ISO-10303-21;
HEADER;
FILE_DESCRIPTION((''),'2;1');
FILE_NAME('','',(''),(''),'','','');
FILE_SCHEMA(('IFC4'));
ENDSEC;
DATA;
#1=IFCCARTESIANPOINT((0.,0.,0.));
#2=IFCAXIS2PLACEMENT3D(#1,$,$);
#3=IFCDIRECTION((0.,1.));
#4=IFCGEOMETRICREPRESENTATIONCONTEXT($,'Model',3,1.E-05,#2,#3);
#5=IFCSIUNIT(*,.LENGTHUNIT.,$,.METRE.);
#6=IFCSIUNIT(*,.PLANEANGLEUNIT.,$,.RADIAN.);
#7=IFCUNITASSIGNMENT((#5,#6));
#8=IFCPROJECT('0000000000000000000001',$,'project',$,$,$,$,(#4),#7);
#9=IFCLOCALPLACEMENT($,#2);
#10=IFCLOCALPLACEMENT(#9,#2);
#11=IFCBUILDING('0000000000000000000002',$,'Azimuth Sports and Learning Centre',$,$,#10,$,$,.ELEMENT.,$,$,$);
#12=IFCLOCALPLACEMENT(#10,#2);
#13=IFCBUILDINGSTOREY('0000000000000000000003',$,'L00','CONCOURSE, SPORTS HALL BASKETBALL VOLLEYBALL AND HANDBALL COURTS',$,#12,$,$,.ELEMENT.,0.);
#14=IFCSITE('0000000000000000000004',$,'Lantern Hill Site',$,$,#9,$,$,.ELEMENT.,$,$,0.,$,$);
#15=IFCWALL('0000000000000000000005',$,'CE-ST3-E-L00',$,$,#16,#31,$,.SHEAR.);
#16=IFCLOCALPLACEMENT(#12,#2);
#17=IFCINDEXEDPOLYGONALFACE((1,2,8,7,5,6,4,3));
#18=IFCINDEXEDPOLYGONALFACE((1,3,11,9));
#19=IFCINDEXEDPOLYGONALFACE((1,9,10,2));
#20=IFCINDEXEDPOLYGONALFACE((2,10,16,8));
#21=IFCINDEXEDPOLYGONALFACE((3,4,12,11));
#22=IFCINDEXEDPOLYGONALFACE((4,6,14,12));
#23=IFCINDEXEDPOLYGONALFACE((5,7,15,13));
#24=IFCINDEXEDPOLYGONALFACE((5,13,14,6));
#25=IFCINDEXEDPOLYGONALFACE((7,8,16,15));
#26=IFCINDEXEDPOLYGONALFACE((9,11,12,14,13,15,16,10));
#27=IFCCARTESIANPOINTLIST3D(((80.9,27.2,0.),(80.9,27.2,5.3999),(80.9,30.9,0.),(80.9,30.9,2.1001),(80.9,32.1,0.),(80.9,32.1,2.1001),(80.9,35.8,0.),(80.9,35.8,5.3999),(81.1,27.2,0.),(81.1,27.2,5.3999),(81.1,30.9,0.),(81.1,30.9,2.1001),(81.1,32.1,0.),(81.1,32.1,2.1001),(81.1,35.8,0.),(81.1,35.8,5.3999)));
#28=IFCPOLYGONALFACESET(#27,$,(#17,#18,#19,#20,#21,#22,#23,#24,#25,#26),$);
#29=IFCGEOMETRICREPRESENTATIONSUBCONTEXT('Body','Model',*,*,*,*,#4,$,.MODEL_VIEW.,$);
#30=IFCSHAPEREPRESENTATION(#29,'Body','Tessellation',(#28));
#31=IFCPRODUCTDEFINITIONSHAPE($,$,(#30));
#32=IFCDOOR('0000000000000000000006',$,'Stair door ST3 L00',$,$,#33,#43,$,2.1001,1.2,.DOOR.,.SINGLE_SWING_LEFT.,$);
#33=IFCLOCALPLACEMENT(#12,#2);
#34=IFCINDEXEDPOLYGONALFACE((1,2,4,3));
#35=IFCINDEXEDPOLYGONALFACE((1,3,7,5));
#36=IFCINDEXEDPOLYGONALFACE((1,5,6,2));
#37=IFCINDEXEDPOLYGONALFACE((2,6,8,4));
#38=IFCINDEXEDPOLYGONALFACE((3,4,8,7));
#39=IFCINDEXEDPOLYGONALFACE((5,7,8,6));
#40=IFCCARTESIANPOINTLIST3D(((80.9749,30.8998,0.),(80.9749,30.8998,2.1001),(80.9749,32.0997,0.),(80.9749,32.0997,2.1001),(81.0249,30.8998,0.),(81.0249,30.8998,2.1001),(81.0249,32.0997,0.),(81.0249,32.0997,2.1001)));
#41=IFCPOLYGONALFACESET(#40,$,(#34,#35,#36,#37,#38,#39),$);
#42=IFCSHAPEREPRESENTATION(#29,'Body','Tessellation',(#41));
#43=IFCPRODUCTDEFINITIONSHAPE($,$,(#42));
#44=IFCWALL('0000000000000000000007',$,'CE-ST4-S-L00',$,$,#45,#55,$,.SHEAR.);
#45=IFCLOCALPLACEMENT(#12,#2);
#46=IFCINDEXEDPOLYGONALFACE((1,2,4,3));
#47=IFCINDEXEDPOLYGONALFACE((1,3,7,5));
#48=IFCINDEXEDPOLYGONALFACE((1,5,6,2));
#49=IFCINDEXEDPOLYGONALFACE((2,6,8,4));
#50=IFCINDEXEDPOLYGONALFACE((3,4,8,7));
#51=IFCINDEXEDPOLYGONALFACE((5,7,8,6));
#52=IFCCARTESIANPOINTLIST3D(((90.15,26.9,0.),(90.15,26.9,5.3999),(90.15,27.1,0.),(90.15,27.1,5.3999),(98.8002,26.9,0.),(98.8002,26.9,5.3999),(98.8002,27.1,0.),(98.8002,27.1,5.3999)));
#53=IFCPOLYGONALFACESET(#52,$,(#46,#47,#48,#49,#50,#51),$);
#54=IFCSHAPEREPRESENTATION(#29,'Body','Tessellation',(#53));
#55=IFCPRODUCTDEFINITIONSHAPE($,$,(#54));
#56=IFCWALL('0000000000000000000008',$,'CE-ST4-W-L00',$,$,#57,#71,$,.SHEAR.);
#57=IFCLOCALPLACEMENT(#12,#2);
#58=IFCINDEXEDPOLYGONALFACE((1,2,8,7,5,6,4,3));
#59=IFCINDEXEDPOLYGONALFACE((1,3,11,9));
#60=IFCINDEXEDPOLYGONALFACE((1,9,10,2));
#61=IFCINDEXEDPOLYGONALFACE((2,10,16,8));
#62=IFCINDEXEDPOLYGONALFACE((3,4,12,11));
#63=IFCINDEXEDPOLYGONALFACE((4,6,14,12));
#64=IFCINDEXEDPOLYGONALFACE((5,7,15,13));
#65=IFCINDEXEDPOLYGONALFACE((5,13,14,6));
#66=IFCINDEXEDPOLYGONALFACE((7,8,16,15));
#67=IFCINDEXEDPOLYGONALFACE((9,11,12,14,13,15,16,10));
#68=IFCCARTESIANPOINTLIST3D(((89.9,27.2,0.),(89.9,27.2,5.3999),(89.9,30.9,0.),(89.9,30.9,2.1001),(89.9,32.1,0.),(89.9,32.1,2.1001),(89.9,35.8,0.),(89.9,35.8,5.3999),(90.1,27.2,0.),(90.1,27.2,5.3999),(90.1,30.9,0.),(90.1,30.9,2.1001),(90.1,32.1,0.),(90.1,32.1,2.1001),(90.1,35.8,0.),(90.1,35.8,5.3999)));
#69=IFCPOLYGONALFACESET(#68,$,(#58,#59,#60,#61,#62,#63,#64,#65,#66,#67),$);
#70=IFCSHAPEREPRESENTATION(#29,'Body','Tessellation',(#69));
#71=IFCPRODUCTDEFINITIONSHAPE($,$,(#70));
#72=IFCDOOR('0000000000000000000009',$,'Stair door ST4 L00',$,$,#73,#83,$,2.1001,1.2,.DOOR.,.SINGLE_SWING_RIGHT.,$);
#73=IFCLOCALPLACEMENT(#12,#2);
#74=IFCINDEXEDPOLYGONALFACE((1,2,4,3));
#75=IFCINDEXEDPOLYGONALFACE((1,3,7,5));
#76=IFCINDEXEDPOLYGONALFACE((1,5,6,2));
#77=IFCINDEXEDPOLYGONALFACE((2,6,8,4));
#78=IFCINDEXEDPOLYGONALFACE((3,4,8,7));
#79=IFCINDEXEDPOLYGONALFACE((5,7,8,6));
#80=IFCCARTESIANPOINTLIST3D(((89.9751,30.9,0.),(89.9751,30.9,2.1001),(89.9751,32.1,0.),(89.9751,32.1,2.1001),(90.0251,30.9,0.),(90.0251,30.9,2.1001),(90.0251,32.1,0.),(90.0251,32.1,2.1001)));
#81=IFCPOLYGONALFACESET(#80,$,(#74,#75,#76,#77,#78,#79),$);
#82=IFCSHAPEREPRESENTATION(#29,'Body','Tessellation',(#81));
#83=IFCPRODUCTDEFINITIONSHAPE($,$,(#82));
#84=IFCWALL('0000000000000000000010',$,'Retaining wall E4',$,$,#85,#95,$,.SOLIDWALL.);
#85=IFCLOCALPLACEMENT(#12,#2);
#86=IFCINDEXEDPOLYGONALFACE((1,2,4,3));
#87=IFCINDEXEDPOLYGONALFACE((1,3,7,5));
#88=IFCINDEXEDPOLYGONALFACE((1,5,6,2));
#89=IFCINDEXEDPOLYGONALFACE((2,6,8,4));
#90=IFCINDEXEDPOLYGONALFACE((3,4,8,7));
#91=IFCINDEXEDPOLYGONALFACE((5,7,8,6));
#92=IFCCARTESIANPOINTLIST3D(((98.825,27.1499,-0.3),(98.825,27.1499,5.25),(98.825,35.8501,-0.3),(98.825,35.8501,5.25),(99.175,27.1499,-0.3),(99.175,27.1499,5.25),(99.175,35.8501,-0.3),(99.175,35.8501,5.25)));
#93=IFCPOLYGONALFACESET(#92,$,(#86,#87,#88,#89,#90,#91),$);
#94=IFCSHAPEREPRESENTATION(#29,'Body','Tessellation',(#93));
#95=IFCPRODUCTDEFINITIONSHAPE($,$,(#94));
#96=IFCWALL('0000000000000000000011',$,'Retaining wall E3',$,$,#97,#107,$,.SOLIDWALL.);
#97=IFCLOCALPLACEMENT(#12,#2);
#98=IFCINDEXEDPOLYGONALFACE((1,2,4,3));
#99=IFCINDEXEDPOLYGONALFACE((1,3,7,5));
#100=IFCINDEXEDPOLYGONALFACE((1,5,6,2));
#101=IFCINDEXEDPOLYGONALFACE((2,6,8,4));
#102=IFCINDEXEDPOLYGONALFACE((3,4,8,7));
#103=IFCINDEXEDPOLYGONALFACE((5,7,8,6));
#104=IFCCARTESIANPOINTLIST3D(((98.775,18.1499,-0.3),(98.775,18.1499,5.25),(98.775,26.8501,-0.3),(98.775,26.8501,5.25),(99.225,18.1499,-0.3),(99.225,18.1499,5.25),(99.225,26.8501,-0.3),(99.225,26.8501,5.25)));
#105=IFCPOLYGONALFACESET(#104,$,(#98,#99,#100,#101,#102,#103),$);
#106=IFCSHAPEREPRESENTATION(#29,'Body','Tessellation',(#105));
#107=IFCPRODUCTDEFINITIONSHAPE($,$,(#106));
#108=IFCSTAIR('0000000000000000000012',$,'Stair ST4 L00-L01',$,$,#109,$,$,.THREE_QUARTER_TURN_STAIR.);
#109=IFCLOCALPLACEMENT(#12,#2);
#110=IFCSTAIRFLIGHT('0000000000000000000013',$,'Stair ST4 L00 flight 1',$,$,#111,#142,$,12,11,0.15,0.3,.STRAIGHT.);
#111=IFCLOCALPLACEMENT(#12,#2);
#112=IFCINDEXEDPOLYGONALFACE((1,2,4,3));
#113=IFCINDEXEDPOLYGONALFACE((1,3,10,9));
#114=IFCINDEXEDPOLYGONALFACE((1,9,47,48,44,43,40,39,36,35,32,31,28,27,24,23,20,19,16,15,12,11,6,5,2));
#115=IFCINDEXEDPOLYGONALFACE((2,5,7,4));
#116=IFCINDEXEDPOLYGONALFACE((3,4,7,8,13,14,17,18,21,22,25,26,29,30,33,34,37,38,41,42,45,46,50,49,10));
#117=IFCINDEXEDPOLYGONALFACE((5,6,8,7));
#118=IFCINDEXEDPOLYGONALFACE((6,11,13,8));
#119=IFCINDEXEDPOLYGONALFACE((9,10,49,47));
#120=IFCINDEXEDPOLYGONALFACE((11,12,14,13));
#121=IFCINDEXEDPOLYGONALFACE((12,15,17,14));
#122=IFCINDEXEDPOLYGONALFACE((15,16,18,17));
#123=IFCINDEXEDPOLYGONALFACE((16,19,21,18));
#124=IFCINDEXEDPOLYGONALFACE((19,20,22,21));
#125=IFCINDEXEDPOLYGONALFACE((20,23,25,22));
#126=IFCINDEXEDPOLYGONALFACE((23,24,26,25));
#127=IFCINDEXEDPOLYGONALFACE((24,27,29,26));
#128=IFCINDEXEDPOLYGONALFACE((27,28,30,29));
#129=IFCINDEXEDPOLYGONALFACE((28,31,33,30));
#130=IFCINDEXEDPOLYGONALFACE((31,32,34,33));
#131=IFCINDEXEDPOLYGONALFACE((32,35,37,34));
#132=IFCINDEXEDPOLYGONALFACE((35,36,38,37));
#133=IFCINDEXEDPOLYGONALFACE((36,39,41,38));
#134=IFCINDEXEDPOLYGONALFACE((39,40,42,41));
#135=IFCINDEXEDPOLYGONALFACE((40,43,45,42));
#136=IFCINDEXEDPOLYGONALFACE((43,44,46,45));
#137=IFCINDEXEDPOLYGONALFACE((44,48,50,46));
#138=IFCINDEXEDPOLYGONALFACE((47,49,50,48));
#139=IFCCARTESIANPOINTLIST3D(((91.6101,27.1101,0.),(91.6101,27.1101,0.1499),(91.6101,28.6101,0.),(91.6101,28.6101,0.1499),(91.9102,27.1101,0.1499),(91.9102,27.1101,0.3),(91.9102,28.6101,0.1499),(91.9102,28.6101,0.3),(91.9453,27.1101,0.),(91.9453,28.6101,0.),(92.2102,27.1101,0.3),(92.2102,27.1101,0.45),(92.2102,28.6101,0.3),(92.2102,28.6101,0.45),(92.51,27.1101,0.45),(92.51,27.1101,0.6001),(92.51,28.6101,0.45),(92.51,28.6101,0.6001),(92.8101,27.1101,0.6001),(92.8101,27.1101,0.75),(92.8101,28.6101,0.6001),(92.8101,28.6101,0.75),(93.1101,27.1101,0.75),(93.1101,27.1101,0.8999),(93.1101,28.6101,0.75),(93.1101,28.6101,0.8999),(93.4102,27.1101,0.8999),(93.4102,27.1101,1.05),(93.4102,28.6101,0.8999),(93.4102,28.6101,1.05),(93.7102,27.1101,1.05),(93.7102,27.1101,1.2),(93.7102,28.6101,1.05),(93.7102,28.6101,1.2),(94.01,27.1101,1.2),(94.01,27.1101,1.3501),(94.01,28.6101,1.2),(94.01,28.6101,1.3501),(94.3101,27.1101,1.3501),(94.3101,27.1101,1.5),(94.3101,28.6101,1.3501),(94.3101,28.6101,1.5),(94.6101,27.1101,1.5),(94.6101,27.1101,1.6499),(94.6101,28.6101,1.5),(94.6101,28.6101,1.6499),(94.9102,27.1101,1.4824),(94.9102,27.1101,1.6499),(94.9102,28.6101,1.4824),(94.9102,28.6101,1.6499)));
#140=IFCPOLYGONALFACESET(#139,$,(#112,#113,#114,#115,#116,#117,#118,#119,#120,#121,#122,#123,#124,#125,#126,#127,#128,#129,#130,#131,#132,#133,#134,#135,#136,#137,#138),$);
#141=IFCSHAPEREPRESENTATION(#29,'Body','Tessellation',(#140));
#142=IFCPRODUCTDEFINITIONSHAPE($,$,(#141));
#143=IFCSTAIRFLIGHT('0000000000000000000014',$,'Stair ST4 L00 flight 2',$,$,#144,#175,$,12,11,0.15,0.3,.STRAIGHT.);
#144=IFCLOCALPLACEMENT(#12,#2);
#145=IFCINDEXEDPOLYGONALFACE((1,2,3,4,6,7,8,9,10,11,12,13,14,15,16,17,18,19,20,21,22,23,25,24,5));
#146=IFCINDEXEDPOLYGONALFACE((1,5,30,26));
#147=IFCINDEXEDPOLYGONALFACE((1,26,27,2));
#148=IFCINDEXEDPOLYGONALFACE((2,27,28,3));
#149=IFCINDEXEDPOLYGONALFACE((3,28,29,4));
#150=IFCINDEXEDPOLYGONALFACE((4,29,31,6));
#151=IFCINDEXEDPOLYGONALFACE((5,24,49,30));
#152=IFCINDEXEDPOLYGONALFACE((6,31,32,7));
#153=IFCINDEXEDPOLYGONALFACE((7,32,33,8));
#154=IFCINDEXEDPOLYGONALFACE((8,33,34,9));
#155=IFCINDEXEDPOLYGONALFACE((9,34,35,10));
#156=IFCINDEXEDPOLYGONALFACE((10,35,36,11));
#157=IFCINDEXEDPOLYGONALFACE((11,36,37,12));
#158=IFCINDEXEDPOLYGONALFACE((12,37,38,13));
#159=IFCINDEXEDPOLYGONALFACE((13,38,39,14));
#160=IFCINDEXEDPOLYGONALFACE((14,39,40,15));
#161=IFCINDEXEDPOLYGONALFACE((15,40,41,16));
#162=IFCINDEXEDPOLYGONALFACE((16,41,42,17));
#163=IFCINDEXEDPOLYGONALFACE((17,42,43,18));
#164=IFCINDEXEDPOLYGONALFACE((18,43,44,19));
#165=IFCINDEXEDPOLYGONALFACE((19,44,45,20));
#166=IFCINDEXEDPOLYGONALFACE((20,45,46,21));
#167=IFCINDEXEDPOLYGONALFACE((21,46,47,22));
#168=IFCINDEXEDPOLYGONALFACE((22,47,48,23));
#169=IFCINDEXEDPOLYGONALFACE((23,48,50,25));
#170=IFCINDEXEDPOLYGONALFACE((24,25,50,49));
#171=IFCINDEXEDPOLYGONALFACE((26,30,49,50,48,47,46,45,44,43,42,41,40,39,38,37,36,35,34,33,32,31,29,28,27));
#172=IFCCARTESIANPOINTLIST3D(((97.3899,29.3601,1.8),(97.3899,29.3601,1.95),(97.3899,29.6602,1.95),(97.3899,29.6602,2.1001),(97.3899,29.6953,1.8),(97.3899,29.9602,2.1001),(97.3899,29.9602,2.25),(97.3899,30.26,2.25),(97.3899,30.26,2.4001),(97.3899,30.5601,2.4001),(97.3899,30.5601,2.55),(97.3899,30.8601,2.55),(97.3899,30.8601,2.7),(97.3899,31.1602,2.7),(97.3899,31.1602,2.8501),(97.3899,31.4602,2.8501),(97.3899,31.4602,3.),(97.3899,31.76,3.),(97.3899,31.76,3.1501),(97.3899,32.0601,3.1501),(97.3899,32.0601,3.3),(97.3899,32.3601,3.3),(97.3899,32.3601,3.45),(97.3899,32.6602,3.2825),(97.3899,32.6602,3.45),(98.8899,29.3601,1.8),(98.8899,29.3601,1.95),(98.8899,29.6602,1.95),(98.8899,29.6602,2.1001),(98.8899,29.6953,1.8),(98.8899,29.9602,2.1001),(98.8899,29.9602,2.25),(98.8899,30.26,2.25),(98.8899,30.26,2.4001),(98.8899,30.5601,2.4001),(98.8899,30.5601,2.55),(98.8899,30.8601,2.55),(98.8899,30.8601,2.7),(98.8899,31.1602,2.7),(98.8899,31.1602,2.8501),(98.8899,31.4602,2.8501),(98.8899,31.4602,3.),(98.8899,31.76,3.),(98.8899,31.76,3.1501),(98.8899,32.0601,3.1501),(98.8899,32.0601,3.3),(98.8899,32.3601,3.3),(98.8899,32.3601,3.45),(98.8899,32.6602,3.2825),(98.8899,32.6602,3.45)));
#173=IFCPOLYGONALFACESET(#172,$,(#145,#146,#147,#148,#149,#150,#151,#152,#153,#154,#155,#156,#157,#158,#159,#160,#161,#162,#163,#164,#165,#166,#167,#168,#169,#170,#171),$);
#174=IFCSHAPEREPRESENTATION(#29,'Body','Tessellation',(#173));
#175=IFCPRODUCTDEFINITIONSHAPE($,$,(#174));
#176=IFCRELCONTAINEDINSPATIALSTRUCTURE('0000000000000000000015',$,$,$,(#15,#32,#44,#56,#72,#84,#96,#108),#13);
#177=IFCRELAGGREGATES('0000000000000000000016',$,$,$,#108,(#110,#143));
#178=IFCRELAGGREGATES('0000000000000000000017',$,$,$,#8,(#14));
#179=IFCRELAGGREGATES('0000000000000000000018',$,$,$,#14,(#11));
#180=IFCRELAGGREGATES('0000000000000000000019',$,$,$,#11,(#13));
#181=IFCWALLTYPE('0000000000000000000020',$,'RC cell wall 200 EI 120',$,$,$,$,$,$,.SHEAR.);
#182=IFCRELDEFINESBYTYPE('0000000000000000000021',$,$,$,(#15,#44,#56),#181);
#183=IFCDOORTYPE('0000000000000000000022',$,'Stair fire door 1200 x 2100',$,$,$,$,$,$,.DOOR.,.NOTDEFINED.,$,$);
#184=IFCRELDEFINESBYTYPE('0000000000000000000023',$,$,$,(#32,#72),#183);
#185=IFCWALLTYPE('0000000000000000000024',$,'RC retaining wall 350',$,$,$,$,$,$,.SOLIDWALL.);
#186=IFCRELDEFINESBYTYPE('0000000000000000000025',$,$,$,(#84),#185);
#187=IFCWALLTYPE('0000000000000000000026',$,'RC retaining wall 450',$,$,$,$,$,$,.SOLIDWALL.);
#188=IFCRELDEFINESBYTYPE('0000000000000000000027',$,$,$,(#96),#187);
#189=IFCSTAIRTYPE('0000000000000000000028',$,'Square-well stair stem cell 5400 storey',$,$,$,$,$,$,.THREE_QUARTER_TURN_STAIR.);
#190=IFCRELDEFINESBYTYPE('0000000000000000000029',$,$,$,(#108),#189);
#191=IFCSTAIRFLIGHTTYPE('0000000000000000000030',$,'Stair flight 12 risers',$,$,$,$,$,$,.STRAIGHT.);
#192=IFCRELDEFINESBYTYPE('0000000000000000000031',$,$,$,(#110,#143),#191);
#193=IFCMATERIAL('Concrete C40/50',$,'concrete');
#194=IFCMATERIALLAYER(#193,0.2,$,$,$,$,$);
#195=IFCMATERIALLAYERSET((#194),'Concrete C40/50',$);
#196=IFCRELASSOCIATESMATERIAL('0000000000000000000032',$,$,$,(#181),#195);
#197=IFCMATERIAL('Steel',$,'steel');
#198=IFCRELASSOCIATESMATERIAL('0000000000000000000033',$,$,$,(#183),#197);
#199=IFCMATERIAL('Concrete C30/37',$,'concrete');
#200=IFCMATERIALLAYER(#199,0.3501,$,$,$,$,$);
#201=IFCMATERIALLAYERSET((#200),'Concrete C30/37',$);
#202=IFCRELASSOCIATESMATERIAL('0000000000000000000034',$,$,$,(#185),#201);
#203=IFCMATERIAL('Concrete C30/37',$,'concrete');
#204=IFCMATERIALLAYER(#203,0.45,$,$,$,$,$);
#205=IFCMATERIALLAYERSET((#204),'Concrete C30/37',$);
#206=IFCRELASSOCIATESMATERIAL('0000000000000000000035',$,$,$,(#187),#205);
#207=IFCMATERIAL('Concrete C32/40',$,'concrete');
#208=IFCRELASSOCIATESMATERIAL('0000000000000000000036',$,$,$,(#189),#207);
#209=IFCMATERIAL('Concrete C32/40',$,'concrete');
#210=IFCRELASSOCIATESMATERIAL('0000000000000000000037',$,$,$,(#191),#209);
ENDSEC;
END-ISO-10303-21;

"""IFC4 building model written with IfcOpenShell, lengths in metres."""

from ifc_helpers import new_model, si_unit, direction, frame, frame_2d, origin, place, context, subcontext, project, spatial, polyline, rectangle, outline, extrude, material, layer, layer_set, type_object, element, fill, aggregate, save


model = new_model("IFC4")

# Units and contexts
model_context = context("Model", 3, precision=1e-05, world=origin(), true_north=direction((0.0, 1.0)))
body_context = subcontext(model_context, "Body", "Model", "MODEL_VIEW")
ifc_project = project(units=[si_unit("LENGTHUNIT", "METRE"), si_unit("PLANEANGLEUNIT", "RADIAN")], contexts=[model_context])

# Site, building, storey
site_placement = place(None, origin())
site = spatial("IfcSite", under=ifc_project, at=site_placement, Name="Lantern Hill Site", CompositionType="ELEMENT", RefElevation=0.0)
building_placement = place(site_placement, origin())
building = spatial("IfcBuilding", under=site, at=building_placement, Name="Azimuth Sports and Learning Centre", CompositionType="ELEMENT")
storey_placement = place(building_placement, origin())
storey = spatial("IfcBuildingStorey", under=building, at=storey_placement, Name="L00", Description="CONCOURSE, SPORTS HALL BASKETBALL VOLLEYBALL AND HANDBALL COURTS", CompositionType="ELEMENT", Elevation=0.0)

# Wall, opening, door
ifc_material_1 = material(Name="Concrete C40/50", Category="concrete")
ifc_layer_1 = layer(ifc_material_1, 0.2)
ifc_layer_set_1 = layer_set([ifc_layer_1], Name="Concrete C40/50")
wall_type_1 = type_object("IfcWallType", Name="RC cell wall 200 EI 120", PredefinedType="SHEAR", material=ifc_layer_set_1)
wall_1_placement = place(storey_placement, frame((81.0, 27.2, 0.0), z_axis=(0.0, 0.0, 1.0), x_axis=(0.0, 1.0, 0.0)))
wall_1 = element("IfcWall", 1, at=wall_1_placement, inside=storey, type_object=wall_type_1, Name="CE-ST3-E-L00", PredefinedType="SHEAR", context=body_context, shape_type="SweptSolid", body=[
    extrude(rectangle(XDim=8.6001, YDim=0.2, at=frame_2d((4.3, 0.0))), origin(), (0.0, 0.0, 1.0), 5.3999),
])
opening_1_placement = place(wall_1_placement, frame((3.7, 0.0, 0.0)))
opening_1 = element("IfcOpeningElement", 2, at=opening_1_placement, cuts=wall_1, PredefinedType="OPENING", context=body_context, shape_type="SweptSolid", body=[
    extrude(rectangle(XDim=1.2, YDim=2.1001, at=frame_2d((0.6001, 1.05))), frame((0.0, 0.1108, 0.0), z_axis=(0.0, -1.0, 0.0), x_axis=(1.0, 0.0, 0.0)), (0.0, 0.0, 1.0), 0.2219),
])
ifc_material_2 = material(Name="Steel", Category="steel")
door_type_1 = type_object("IfcDoorType", Name="Stair fire door 1200 x 2100", OperationType="NOTDEFINED", PredefinedType="DOOR", material=ifc_material_2)
door_1_placement = place(opening_1_placement, frame((1.2, 0.0, 0.0), z_axis=(0.0, 0.0, 1.0), x_axis=(-1.0, 0.0, 0.0)))
door_1 = element("IfcDoor", 3, at=door_1_placement, inside=storey, type_object=door_type_1, Name="Stair door ST3 L00", OperationType="SINGLE_SWING_LEFT", OverallHeight=2.1001, OverallWidth=1.2, PredefinedType="DOOR", context=body_context, shape_type="SweptSolid", body=[
    extrude(rectangle(XDim=1.2, YDim=2.1001, at=frame_2d((0.6001, 1.05))), frame((0.0, 0.0249, 0.0), z_axis=(0.0, -1.0, 0.0), x_axis=(1.0, 0.0, 0.0)), (0.0, 0.0, 1.0), 0.05),
])
fill(opening_1, door_1)

# Wall
wall_2_placement = place(storey_placement, frame((90.1499, 27.0, 0.0), z_axis=(0.0, 0.0, 1.0), x_axis=(1.0, 0.0, 0.0)))
element("IfcWall", 4, at=wall_2_placement, inside=storey, type_object=wall_type_1, Name="CE-ST4-S-L00", PredefinedType="SHEAR", context=body_context, shape_type="SweptSolid", body=[
    extrude(rectangle(XDim=8.6501, YDim=0.2, at=frame_2d((4.3252, 0.0))), origin(), (0.0, 0.0, 1.0), 5.3999),
])

# Wall, opening, door
wall_3_placement = place(storey_placement, frame((90.0, 27.2, 0.0), z_axis=(0.0, 0.0, 1.0), x_axis=(0.0, 1.0, 0.0)))
wall_3 = element("IfcWall", 5, at=wall_3_placement, inside=storey, type_object=wall_type_1, Name="CE-ST4-W-L00", PredefinedType="SHEAR", context=body_context, shape_type="SweptSolid", body=[
    extrude(rectangle(XDim=8.6001, YDim=0.2, at=frame_2d((4.3, 0.0))), origin(), (0.0, 0.0, 1.0), 5.3999),
])
opening_2_placement = place(wall_3_placement, frame((3.7, 0.0, 0.0)))
opening_2 = element("IfcOpeningElement", 6, at=opening_2_placement, cuts=wall_3, PredefinedType="OPENING", context=body_context, shape_type="SweptSolid", body=[
    extrude(rectangle(XDim=1.2, YDim=2.1001, at=frame_2d((0.6001, 1.05))), frame((0.0, 0.1108, 0.0), z_axis=(0.0, -1.0, 0.0), x_axis=(1.0, 0.0, 0.0)), (0.0, 0.0, 1.0), 0.2219),
])
door_2_placement = place(opening_2_placement, origin())
door_2 = element("IfcDoor", 7, at=door_2_placement, inside=storey, type_object=door_type_1, Name="Stair door ST4 L00", OperationType="SINGLE_SWING_RIGHT", OverallHeight=2.1001, OverallWidth=1.2, PredefinedType="DOOR", context=body_context, shape_type="SweptSolid", body=[
    extrude(rectangle(XDim=1.2, YDim=2.1001, at=frame_2d((0.6001, 1.05))), frame((0.0, 0.0249, 0.0), z_axis=(0.0, -1.0, 0.0), x_axis=(1.0, 0.0, 0.0)), (0.0, 0.0, 1.0), 0.05),
])
fill(opening_2, door_2)

# Walls
ifc_material_3 = material(Name="Concrete C30/37", Category="concrete")
ifc_layer_2 = layer(ifc_material_3, 0.3501)
ifc_layer_set_2 = layer_set([ifc_layer_2], Name="Concrete C30/37")
wall_type_2 = type_object("IfcWallType", Name="RC retaining wall 350", PredefinedType="SOLIDWALL", material=ifc_layer_set_2)
wall_4_placement = place(storey_placement, frame((99.0, 27.1499, -0.3), z_axis=(0.0, 0.0, 1.0), x_axis=(0.0, 1.0, 0.0)))
element("IfcWall", 8, at=wall_4_placement, inside=storey, type_object=wall_type_2, Name="Retaining wall E4", PredefinedType="SOLIDWALL", context=body_context, shape_type="SweptSolid", body=[
    extrude(rectangle(XDim=8.7002, YDim=0.3501, at=frame_2d((4.3501, 0.0))), origin(), (0.0, 0.0, 1.0), 5.55),
])
ifc_material_4 = material(Name="Concrete C30/37", Category="concrete")
ifc_layer_3 = layer(ifc_material_4, 0.45)
ifc_layer_set_3 = layer_set([ifc_layer_3], Name="Concrete C30/37")
wall_type_3 = type_object("IfcWallType", Name="RC retaining wall 450", PredefinedType="SOLIDWALL", material=ifc_layer_set_3)
wall_5_placement = place(storey_placement, frame((99.0, 18.1499, -0.3), z_axis=(0.0, 0.0, 1.0), x_axis=(0.0, 1.0, 0.0)))
element("IfcWall", 9, at=wall_5_placement, inside=storey, type_object=wall_type_3, Name="Retaining wall E3", PredefinedType="SOLIDWALL", context=body_context, shape_type="SweptSolid", body=[
    extrude(rectangle(XDim=8.7002, YDim=0.45, at=frame_2d((4.3501, 0.0))), origin(), (0.0, 0.0, 1.0), 5.55),
])

# Stair, stair flights
ifc_material_5 = material(Name="Concrete C32/40", Category="concrete")
stair_type = type_object("IfcStairType", Name="Square-well stair stem cell 5400 storey", PredefinedType="THREE_QUARTER_TURN_STAIR", material=ifc_material_5)
stair_placement = place(storey_placement, origin())
stair = element("IfcStair", 10, at=stair_placement, inside=storey, type_object=stair_type, Name="Stair ST4 L00-L01", PredefinedType="THREE_QUARTER_TURN_STAIR")
ifc_material_6 = material(Name="Concrete C32/40", Category="concrete")
stair_flight_type = type_object("IfcStairFlightType", Name="Stair flight 12 risers", PredefinedType="STRAIGHT", material=ifc_material_6)
stair_flight_1_placement = place(storey_placement, frame((91.6101, 27.8601, 0.0), z_axis=(0.0, 0.0, 1.0), x_axis=(1.0, 0.0, 0.0)))
stair_flight_1 = element("IfcStairFlight", 11, at=stair_flight_1_placement, type_object=stair_flight_type, Name="Stair ST4 L00 flight 1", NumberOfRisers=12, NumberOfTreads=11, PredefinedType="STRAIGHT", RiserHeight=0.15, TreadLength=0.3, context=body_context, shape_type="SweptSolid", body=[
    extrude(outline(polyline([(0.0, 0.0), (0.0, 0.1499), (0.3, 0.1499), (0.3, 0.3), (0.6001, 0.3), (0.6001, 0.45), (0.8999, 0.45), (0.8999, 0.6001), (1.2, 0.6001), (1.2, 0.75), (1.5, 0.75), (1.5, 0.8999), (1.8, 0.8999), (1.8, 1.05), (2.1001, 1.05), (2.1001, 1.2), (2.3999, 1.2), (2.3999, 1.3501), (2.7, 1.3501), (2.7, 1.5), (3.0, 1.5), (3.0, 1.6499), (3.3, 1.6499), (3.3, 1.8), (3.3, 1.4824), (0.3352, 0.0), (0.0, 0.0)])), frame((0.0, 0.75, 0.0), z_axis=(0.0, -1.0, 0.0), x_axis=(1.0, 0.0, 0.0)), (0.0, 0.0, 1.0), 1.5),
])
stair_flight_2_placement = place(storey_placement, frame((98.1399, 29.3601, 1.8), z_axis=(0.0, 0.0, 1.0), x_axis=(0.0, 1.0, 0.0)))
stair_flight_2 = element("IfcStairFlight", 12, at=stair_flight_2_placement, type_object=stair_flight_type, Name="Stair ST4 L00 flight 2", NumberOfRisers=12, NumberOfTreads=11, PredefinedType="STRAIGHT", RiserHeight=0.15, TreadLength=0.3, context=body_context, shape_type="SweptSolid", body=[
    extrude(outline(polyline([(0.0, 0.0), (0.0, 0.1499), (0.3, 0.1499), (0.3, 0.3), (0.6001, 0.3), (0.6001, 0.45), (0.8999, 0.45), (0.8999, 0.6001), (1.2, 0.6001), (1.2, 0.75), (1.5, 0.75), (1.5, 0.8999), (1.8, 0.8999), (1.8, 1.05), (2.1001, 1.05), (2.1001, 1.2), (2.3999, 1.2), (2.3999, 1.3501), (2.7, 1.3501), (2.7, 1.5), (3.0, 1.5), (3.0, 1.6499), (3.3, 1.6499), (3.3, 1.8), (3.3, 1.4824), (0.3352, 0.0), (0.0, 0.0)])), frame((0.0, 0.75, 0.0), z_axis=(0.0, -1.0, 0.0), x_axis=(1.0, 0.0, 0.0)), (0.0, 0.0, 1.0), 1.5),
])
aggregate(stair, [stair_flight_1, stair_flight_2])

save(model, "model.ifc")
